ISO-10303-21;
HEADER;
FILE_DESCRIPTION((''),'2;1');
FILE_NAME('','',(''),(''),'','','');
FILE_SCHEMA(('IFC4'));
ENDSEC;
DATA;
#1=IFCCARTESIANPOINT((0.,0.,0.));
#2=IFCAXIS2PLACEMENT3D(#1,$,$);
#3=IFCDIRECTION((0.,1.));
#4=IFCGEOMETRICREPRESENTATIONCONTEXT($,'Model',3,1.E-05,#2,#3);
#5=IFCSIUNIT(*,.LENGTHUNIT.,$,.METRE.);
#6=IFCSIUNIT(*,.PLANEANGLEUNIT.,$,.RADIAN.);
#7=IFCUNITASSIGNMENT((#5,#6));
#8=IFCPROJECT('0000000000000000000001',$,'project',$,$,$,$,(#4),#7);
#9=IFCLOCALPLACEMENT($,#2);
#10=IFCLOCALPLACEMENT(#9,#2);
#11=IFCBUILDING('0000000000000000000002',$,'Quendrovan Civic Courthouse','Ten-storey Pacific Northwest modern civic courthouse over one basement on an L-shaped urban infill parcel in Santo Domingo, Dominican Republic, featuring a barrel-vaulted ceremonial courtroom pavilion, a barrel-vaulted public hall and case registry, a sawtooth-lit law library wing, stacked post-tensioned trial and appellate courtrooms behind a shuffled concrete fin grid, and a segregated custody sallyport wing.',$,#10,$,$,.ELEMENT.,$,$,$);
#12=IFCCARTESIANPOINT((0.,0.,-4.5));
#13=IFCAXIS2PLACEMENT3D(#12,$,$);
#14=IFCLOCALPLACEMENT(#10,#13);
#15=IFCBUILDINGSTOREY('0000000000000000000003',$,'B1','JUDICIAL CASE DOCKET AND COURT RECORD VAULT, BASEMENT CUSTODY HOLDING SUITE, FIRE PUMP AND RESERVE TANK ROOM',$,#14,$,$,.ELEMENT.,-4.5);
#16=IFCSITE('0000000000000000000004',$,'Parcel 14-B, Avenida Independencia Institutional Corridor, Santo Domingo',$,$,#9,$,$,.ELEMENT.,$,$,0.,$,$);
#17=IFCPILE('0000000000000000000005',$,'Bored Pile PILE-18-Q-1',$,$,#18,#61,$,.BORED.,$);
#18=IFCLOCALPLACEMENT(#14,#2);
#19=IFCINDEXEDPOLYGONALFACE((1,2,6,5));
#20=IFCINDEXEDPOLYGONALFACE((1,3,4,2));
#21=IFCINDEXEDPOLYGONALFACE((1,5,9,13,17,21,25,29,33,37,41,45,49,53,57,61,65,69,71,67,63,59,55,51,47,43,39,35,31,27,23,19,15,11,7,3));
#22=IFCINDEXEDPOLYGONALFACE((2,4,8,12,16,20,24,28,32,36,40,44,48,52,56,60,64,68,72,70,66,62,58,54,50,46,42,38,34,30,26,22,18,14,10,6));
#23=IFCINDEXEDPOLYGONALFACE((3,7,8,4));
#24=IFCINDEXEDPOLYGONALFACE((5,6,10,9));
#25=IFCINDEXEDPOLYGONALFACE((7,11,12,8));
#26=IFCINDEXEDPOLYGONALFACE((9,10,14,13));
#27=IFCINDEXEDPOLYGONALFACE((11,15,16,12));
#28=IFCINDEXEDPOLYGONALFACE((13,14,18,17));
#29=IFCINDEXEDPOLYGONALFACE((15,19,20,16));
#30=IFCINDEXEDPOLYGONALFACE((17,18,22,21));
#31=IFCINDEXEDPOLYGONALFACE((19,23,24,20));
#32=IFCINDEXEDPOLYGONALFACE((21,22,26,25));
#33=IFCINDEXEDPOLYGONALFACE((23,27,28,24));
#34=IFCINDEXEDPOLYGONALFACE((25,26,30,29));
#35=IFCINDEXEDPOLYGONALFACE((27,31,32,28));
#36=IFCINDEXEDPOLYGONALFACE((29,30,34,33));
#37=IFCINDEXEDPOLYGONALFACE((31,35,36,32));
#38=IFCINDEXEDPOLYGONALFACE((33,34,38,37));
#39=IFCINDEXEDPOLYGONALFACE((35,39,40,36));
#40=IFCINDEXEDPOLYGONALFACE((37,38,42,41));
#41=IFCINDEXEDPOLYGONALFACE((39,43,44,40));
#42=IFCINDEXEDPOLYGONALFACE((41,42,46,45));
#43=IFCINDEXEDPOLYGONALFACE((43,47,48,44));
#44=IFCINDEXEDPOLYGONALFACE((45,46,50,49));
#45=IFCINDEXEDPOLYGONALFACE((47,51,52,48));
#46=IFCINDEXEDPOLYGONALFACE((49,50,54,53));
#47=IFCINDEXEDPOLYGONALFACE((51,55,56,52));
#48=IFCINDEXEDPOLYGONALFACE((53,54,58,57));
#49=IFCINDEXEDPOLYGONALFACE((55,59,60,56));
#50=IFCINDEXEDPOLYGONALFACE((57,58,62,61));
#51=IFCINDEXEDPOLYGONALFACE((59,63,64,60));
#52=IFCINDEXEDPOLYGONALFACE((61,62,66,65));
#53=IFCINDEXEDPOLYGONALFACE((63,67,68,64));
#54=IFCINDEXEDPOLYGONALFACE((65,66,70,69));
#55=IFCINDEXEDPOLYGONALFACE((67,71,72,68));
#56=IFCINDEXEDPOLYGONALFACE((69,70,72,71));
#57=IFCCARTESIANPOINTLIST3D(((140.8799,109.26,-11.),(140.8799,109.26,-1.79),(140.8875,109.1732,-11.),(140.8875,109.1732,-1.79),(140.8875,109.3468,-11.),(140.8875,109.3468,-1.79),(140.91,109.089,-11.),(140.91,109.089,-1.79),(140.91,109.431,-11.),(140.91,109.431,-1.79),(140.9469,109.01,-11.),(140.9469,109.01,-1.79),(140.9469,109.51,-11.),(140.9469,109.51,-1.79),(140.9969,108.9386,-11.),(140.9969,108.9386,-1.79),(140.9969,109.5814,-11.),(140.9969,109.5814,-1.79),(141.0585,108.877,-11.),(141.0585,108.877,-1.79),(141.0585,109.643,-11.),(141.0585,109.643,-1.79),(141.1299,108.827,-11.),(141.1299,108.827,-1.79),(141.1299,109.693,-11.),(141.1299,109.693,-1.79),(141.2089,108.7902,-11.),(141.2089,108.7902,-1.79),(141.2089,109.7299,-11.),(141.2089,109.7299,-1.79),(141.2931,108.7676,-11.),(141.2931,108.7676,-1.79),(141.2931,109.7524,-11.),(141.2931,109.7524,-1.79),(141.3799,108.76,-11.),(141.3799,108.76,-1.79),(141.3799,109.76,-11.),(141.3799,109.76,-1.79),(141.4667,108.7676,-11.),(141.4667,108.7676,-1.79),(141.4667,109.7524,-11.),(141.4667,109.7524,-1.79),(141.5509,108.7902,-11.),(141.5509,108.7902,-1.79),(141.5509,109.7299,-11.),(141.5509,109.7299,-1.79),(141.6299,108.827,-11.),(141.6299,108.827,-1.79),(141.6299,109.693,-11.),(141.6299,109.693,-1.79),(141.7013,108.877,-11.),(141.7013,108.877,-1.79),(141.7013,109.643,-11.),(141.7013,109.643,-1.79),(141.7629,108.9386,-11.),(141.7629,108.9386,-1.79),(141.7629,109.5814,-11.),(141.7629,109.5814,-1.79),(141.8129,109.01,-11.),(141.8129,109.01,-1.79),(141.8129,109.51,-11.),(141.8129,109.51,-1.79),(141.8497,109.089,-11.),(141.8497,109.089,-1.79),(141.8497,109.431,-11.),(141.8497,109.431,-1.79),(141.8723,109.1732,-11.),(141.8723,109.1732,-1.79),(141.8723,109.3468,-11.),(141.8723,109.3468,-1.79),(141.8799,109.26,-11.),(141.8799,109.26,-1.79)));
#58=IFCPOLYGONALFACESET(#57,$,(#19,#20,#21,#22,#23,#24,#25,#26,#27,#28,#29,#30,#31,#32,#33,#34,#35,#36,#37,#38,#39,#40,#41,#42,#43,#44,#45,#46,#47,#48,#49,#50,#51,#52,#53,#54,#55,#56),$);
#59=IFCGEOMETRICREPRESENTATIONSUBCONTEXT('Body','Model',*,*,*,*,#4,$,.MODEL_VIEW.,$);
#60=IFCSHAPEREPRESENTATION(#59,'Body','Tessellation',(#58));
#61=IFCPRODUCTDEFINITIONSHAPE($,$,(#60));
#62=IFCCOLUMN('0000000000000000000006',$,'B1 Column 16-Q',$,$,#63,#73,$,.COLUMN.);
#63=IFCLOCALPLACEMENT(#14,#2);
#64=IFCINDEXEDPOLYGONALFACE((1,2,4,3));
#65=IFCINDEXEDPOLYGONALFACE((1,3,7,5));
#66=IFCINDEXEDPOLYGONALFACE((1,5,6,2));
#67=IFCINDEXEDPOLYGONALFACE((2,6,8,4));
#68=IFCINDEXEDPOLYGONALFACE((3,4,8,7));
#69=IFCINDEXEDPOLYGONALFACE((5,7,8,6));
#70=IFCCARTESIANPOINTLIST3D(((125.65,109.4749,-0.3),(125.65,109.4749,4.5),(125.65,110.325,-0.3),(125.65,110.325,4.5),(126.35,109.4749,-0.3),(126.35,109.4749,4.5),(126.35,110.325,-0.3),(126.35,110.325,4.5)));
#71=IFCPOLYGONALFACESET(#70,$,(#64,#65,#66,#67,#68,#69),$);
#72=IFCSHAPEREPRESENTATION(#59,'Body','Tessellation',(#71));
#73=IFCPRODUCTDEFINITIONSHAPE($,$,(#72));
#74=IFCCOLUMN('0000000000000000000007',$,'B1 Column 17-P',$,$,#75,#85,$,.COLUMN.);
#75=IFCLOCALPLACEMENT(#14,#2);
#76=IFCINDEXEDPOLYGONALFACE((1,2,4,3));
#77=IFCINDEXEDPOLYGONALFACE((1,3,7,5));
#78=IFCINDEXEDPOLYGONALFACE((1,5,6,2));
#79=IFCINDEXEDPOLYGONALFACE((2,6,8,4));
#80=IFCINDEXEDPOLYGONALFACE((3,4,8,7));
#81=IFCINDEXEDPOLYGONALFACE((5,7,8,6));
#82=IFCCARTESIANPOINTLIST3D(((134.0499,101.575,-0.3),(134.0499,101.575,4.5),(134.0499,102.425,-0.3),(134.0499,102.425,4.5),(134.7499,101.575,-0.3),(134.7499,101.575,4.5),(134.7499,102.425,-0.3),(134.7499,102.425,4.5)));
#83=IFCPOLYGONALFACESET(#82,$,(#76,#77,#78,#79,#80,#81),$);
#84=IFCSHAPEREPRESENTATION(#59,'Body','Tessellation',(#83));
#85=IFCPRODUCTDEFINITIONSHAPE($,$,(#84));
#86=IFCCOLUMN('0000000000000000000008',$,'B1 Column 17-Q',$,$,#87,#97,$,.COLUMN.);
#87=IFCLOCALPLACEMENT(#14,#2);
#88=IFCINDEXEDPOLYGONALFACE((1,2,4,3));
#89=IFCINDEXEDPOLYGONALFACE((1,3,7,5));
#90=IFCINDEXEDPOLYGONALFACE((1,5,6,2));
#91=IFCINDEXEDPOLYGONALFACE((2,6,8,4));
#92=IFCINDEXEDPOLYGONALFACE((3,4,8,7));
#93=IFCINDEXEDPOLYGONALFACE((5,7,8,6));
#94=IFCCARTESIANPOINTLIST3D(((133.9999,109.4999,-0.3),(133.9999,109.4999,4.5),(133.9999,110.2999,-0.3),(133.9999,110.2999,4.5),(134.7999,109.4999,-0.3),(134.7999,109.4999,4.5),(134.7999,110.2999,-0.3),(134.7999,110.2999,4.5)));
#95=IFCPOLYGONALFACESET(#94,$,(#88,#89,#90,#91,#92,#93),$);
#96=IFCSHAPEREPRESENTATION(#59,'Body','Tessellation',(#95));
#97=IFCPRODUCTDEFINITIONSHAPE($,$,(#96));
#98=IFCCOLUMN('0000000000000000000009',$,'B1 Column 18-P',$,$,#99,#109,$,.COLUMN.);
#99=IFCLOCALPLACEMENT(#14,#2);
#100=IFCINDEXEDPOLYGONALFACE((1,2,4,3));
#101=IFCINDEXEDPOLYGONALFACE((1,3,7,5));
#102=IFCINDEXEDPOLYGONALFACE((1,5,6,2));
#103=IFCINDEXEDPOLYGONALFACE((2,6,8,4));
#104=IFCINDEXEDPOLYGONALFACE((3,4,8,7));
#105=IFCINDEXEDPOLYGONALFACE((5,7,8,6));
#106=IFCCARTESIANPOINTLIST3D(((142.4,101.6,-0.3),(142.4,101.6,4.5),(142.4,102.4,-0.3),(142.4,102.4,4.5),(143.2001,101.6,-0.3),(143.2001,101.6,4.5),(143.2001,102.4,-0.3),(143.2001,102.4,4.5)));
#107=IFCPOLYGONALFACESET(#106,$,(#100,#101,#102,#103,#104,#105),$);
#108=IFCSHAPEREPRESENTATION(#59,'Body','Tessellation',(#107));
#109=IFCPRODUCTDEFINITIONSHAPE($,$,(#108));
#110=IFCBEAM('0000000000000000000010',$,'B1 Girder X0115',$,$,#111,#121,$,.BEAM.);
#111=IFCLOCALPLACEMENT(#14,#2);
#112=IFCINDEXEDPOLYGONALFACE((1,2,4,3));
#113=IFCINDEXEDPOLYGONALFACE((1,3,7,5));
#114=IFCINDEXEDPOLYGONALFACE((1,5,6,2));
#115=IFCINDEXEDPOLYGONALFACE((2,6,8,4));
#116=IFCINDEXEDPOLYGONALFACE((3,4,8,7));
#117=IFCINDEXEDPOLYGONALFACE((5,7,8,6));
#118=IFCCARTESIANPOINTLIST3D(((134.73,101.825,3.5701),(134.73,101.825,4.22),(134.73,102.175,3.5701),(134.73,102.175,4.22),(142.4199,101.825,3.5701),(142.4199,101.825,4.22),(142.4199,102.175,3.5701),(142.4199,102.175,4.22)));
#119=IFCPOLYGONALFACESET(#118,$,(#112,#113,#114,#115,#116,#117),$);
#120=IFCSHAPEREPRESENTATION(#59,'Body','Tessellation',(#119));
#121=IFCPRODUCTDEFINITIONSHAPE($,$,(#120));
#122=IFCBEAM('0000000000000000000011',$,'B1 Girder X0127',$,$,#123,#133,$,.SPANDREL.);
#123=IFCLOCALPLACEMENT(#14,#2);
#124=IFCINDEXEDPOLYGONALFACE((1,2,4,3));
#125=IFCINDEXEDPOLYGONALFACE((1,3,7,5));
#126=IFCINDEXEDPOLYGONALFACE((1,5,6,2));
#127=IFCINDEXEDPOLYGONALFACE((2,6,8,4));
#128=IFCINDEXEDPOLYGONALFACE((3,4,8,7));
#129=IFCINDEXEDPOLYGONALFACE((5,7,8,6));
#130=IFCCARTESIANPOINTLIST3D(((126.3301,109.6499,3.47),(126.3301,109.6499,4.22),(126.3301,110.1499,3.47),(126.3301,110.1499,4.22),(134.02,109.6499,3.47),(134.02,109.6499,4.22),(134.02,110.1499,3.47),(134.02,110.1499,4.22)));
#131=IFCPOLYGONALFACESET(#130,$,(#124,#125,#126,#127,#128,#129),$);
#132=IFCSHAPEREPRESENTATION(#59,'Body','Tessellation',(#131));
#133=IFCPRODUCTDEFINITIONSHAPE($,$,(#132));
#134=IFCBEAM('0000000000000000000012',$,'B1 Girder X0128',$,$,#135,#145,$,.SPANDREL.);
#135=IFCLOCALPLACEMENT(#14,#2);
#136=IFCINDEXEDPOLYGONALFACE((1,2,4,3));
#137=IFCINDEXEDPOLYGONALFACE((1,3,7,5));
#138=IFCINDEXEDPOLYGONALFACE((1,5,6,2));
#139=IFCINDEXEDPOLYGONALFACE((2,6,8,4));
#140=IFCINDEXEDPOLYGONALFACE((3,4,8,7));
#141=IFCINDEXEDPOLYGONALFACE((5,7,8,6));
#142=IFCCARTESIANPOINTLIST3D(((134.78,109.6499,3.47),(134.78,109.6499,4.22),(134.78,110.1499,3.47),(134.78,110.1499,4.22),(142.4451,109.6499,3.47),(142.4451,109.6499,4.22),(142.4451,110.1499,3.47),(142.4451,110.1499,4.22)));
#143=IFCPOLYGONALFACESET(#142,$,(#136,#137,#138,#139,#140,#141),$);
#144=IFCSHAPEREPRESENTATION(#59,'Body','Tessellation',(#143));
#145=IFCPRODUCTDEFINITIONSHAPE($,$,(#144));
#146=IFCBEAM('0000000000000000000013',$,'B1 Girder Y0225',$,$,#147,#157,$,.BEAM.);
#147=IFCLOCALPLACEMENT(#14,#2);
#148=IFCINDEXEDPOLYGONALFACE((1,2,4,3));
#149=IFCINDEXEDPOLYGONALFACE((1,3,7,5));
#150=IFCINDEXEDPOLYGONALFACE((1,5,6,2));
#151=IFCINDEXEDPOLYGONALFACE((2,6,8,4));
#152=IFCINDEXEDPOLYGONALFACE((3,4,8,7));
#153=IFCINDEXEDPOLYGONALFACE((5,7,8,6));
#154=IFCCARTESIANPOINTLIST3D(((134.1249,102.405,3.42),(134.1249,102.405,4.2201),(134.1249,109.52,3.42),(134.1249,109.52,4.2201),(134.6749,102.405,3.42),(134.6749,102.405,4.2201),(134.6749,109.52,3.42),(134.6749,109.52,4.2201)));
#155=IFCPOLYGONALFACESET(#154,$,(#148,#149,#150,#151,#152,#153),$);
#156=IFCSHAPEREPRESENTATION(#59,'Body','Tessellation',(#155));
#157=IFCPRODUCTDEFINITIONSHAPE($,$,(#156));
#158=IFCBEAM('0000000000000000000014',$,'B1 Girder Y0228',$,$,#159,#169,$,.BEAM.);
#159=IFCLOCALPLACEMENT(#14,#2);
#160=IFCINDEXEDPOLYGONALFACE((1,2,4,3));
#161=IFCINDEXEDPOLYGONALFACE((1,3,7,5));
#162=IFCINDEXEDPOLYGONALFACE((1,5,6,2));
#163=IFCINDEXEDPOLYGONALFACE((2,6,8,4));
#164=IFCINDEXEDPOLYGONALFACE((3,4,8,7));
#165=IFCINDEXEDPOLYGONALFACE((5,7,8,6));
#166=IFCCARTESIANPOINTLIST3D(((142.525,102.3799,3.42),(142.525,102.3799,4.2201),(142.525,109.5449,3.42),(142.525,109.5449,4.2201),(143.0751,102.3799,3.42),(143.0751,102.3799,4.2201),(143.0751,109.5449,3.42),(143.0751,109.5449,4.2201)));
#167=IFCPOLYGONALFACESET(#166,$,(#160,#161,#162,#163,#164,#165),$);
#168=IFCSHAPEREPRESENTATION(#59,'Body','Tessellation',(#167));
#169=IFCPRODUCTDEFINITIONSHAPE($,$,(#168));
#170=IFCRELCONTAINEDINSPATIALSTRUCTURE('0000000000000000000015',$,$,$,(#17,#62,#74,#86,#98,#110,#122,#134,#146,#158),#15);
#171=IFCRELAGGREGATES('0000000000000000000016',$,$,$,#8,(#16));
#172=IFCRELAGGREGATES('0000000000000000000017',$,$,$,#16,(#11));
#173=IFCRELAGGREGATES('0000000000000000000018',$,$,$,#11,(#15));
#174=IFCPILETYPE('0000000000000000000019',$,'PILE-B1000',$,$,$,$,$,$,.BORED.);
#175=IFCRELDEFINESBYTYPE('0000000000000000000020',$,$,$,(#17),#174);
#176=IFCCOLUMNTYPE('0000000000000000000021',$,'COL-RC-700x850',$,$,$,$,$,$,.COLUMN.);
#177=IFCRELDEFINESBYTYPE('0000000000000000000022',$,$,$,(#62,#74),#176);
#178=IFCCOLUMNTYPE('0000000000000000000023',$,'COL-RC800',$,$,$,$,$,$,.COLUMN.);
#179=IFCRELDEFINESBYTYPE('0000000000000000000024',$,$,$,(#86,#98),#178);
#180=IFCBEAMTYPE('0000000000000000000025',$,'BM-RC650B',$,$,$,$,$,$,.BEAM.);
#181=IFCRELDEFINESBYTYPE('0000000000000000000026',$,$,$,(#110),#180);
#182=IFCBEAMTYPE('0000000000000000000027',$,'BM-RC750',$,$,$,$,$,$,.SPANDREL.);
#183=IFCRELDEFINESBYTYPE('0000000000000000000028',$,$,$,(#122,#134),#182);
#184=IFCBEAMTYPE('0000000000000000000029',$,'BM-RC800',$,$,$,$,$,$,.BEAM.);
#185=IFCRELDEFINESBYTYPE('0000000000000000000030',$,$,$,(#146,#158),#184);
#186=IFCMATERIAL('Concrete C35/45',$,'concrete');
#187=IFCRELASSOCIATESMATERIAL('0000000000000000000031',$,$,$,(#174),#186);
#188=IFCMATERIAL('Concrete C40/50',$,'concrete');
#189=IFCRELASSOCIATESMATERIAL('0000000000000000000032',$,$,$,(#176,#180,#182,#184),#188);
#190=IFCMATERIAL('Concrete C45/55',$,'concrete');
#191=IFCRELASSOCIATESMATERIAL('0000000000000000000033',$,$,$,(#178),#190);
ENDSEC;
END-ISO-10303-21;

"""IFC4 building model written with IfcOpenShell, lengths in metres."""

from ifc_helpers import new_model, si_unit, direction, frame, origin, origin_2d, place, context, subcontext, project, spatial, rectangle, circle, extrude, material, material_profile, profile_set, type_object, element, save


model = new_model("IFC4")

# Units and contexts
model_context = context("Model", 3, precision=1e-05, world=origin(), true_north=direction((0.0, 1.0)))
body_context = subcontext(model_context, "Body", "Model", "MODEL_VIEW")
ifc_project = project(units=[si_unit("LENGTHUNIT", "METRE"), si_unit("PLANEANGLEUNIT", "RADIAN")], contexts=[model_context])

# Site, building, storey
site_placement = place(None, origin())
site = spatial("IfcSite", under=ifc_project, at=site_placement, Name="Parcel 14-B, Avenida Independencia Institutional Corridor, Santo Domingo", CompositionType="ELEMENT", RefElevation=0.0)
building_placement = place(site_placement, origin())
building = spatial("IfcBuilding", under=site, at=building_placement, Name="Quendrovan Civic Courthouse", Description="Ten-storey Pacific Northwest modern civic courthouse over one basement on an L-shaped urban infill parcel in Santo Domingo, Dominican Republic, featuring a barrel-vaulted ceremonial courtroom pavilion, a barrel-vaulted public hall and case registry, a sawtooth-lit law library wing, stacked post-tensioned trial and appellate courtrooms behind a shuffled concrete fin grid, and a segregated custody sallyport wing.", CompositionType="ELEMENT")
storey_placement = place(building_placement, frame((0.0, 0.0, -4.5)))
storey = spatial("IfcBuildingStorey", under=building, at=storey_placement, Name="B1", Description="JUDICIAL CASE DOCKET AND COURT RECORD VAULT, BASEMENT CUSTODY HOLDING SUITE, FIRE PUMP AND RESERVE TANK ROOM", CompositionType="ELEMENT", Elevation=-4.5)

# Shared definitions
ifc_material_1 = material(Name="Concrete C35/45", Category="concrete")

# Pile
ifc_material_profile_1 = material_profile(ifc_material_1, circle(Radius=0.5, at=origin_2d()), Name="PILE-D1000")
ifc_profile_set_1 = profile_set([ifc_material_profile_1], Name="Concrete C35/45")
pile_type = type_object("IfcPileType", Name="PILE-B1000", PredefinedType="BORED", material=ifc_profile_set_1)
pile_1_placement = place(storey_placement, frame((141.3799, 109.26, -1.79), z_axis=(0.0, 0.0, -1.0), x_axis=(1.0, 0.0, 0.0)))
element("IfcPile", 1, at=pile_1_placement, inside=storey, type_object=pile_type, Name="Bored Pile PILE-18-Q-1", PredefinedType="BORED", context=body_context, shape_type="SweptSolid", body=[
    extrude(circle(Radius=0.5, at=origin_2d()), origin(), (0.0, 0.0, 1.0), 9.21),
])

# Columns
ifc_material_2 = material(Name="Concrete C40/50", Category="concrete")
ifc_material_profile_2 = material_profile(ifc_material_2, rectangle(XDim=0.7, YDim=0.8501, at=origin_2d()), Name="RC-COL-700x850")
ifc_profile_set_2 = profile_set([ifc_material_profile_2], Name="Concrete C40/50")
column_type_1 = type_object("IfcColumnType", Name="COL-RC-700x850", PredefinedType="COLUMN", material=ifc_profile_set_2)
for number, where, z_axis, x_axis, name in (
    (2, (126.0, 109.8999, -0.3), (0.0, 0.0, 1.0), (1.0, 0.0, 0.0), "B1 Column 16-Q"),
    (3, (134.3999, 102.0, -0.3), (0.0, 0.0, 1.0), (1.0, 0.0, 0.0), "B1 Column 17-P"),
):
    element("IfcColumn", number, at=place(storey_placement, frame(where, z_axis=z_axis, x_axis=x_axis)), inside=storey, type_object=column_type_1, Name=name, PredefinedType="COLUMN", context=body_context, shape_type="SweptSolid", body=[
        extrude(rectangle(XDim=0.7, YDim=0.8501, at=origin_2d()), origin(), (0.0, 0.0, 1.0), 4.8),
    ])
ifc_material_3 = material(Name="Concrete C45/55", Category="concrete")
ifc_material_profile_3 = material_profile(ifc_material_3, rectangle(XDim=0.8, YDim=0.8, at=origin_2d()), Name="RC-COL-800x800")
ifc_profile_set_3 = profile_set([ifc_material_profile_3], Name="Concrete C45/55")
column_type_2 = type_object("IfcColumnType", Name="COL-RC800", PredefinedType="COLUMN", material=ifc_profile_set_3)
for number, where, z_axis, x_axis, name in (
    (4, (134.3999, 109.8999, -0.3), (0.0, 0.0, 1.0), (1.0, 0.0, 0.0), "B1 Column 17-Q"),
    (5, (142.8, 102.0, -0.3), (0.0, 0.0, 1.0), (1.0, 0.0, 0.0), "B1 Column 18-P"),
):
    element("IfcColumn", number, at=place(storey_placement, frame(where, z_axis=z_axis, x_axis=x_axis)), inside=storey, type_object=column_type_2, Name=name, PredefinedType="COLUMN", context=body_context, shape_type="SweptSolid", body=[
        extrude(rectangle(XDim=0.8, YDim=0.8, at=origin_2d()), origin(), (0.0, 0.0, 1.0), 4.8),
    ])

# Beams
ifc_material_profile_4 = material_profile(ifc_material_2, rectangle(XDim=0.3501, YDim=0.6499, at=origin_2d()), Name="RC-BM-350x650")
ifc_profile_set_4 = profile_set([ifc_material_profile_4], Name="Concrete C40/50")
beam_type_1 = type_object("IfcBeamType", Name="BM-RC650B", PredefinedType="BEAM", material=ifc_profile_set_4)
beam_1_placement = place(storey_placement, frame((134.73, 102.0, 3.895), z_axis=(1.0, 0.0, 0.0), x_axis=(0.0, 1.0, 0.0)))
element("IfcBeam", 6, at=beam_1_placement, inside=storey, type_object=beam_type_1, Name="B1 Girder X0115", PredefinedType="BEAM", context=body_context, shape_type="SweptSolid", body=[
    extrude(rectangle(XDim=0.3501, YDim=0.6499, at=origin_2d()), origin(), (0.0, 0.0, 1.0), 7.6899),
])
ifc_material_profile_5 = material_profile(ifc_material_2, rectangle(XDim=0.5, YDim=0.75, at=origin_2d()), Name="RC-BM-500x750")
ifc_profile_set_5 = profile_set([ifc_material_profile_5], Name="Concrete C40/50")
beam_type_2 = type_object("IfcBeamType", Name="BM-RC750", PredefinedType="SPANDREL", material=ifc_profile_set_5)
beam_2_placement = place(storey_placement, frame((126.3301, 109.8999, 3.845), z_axis=(1.0, 0.0, 0.0), x_axis=(0.0, 1.0, 0.0)))
element("IfcBeam", 7, at=beam_2_placement, inside=storey, type_object=beam_type_2, Name="B1 Girder X0127", PredefinedType="SPANDREL", context=body_context, shape_type="SweptSolid", body=[
    extrude(rectangle(XDim=0.5, YDim=0.75, at=origin_2d()), origin(), (0.0, 0.0, 1.0), 7.6899),
])
beam_3_placement = place(storey_placement, frame((134.78, 109.8999, 3.845), z_axis=(1.0, 0.0, 0.0), x_axis=(0.0, 1.0, 0.0)))
element("IfcBeam", 8, at=beam_3_placement, inside=storey, type_object=beam_type_2, Name="B1 Girder X0128", PredefinedType="SPANDREL", context=body_context, shape_type="SweptSolid", body=[
    extrude(rectangle(XDim=0.5, YDim=0.75, at=origin_2d()), origin(), (0.0, 0.0, 1.0), 7.665),
])
ifc_material_profile_6 = material_profile(ifc_material_2, rectangle(XDim=0.55, YDim=0.8, at=origin_2d()), Name="RC-BM-550x800")
ifc_profile_set_6 = profile_set([ifc_material_profile_6], Name="Concrete C40/50")
beam_type_3 = type_object("IfcBeamType", Name="BM-RC800", PredefinedType="BEAM", material=ifc_profile_set_6)
beam_4_placement = place(storey_placement, frame((134.3999, 102.405, 3.8201), z_axis=(0.0, 1.0, 0.0), x_axis=(-1.0, 0.0, 0.0)))
element("IfcBeam", 9, at=beam_4_placement, inside=storey, type_object=beam_type_3, Name="B1 Girder Y0225", PredefinedType="BEAM", context=body_context, shape_type="SweptSolid", body=[
    extrude(rectangle(XDim=0.55, YDim=0.8, at=origin_2d()), origin(), (0.0, 0.0, 1.0), 7.115),
])
beam_5_placement = place(storey_placement, frame((142.8, 102.3799, 3.8201), z_axis=(0.0, 1.0, 0.0), x_axis=(-1.0, 0.0, 0.0)))
element("IfcBeam", 10, at=beam_5_placement, inside=storey, type_object=beam_type_3, Name="B1 Girder Y0228", PredefinedType="BEAM", context=body_context, shape_type="SweptSolid", body=[
    extrude(rectangle(XDim=0.55, YDim=0.8, at=origin_2d()), origin(), (0.0, 0.0, 1.0), 7.165),
])

save(model, "model.ifc")
